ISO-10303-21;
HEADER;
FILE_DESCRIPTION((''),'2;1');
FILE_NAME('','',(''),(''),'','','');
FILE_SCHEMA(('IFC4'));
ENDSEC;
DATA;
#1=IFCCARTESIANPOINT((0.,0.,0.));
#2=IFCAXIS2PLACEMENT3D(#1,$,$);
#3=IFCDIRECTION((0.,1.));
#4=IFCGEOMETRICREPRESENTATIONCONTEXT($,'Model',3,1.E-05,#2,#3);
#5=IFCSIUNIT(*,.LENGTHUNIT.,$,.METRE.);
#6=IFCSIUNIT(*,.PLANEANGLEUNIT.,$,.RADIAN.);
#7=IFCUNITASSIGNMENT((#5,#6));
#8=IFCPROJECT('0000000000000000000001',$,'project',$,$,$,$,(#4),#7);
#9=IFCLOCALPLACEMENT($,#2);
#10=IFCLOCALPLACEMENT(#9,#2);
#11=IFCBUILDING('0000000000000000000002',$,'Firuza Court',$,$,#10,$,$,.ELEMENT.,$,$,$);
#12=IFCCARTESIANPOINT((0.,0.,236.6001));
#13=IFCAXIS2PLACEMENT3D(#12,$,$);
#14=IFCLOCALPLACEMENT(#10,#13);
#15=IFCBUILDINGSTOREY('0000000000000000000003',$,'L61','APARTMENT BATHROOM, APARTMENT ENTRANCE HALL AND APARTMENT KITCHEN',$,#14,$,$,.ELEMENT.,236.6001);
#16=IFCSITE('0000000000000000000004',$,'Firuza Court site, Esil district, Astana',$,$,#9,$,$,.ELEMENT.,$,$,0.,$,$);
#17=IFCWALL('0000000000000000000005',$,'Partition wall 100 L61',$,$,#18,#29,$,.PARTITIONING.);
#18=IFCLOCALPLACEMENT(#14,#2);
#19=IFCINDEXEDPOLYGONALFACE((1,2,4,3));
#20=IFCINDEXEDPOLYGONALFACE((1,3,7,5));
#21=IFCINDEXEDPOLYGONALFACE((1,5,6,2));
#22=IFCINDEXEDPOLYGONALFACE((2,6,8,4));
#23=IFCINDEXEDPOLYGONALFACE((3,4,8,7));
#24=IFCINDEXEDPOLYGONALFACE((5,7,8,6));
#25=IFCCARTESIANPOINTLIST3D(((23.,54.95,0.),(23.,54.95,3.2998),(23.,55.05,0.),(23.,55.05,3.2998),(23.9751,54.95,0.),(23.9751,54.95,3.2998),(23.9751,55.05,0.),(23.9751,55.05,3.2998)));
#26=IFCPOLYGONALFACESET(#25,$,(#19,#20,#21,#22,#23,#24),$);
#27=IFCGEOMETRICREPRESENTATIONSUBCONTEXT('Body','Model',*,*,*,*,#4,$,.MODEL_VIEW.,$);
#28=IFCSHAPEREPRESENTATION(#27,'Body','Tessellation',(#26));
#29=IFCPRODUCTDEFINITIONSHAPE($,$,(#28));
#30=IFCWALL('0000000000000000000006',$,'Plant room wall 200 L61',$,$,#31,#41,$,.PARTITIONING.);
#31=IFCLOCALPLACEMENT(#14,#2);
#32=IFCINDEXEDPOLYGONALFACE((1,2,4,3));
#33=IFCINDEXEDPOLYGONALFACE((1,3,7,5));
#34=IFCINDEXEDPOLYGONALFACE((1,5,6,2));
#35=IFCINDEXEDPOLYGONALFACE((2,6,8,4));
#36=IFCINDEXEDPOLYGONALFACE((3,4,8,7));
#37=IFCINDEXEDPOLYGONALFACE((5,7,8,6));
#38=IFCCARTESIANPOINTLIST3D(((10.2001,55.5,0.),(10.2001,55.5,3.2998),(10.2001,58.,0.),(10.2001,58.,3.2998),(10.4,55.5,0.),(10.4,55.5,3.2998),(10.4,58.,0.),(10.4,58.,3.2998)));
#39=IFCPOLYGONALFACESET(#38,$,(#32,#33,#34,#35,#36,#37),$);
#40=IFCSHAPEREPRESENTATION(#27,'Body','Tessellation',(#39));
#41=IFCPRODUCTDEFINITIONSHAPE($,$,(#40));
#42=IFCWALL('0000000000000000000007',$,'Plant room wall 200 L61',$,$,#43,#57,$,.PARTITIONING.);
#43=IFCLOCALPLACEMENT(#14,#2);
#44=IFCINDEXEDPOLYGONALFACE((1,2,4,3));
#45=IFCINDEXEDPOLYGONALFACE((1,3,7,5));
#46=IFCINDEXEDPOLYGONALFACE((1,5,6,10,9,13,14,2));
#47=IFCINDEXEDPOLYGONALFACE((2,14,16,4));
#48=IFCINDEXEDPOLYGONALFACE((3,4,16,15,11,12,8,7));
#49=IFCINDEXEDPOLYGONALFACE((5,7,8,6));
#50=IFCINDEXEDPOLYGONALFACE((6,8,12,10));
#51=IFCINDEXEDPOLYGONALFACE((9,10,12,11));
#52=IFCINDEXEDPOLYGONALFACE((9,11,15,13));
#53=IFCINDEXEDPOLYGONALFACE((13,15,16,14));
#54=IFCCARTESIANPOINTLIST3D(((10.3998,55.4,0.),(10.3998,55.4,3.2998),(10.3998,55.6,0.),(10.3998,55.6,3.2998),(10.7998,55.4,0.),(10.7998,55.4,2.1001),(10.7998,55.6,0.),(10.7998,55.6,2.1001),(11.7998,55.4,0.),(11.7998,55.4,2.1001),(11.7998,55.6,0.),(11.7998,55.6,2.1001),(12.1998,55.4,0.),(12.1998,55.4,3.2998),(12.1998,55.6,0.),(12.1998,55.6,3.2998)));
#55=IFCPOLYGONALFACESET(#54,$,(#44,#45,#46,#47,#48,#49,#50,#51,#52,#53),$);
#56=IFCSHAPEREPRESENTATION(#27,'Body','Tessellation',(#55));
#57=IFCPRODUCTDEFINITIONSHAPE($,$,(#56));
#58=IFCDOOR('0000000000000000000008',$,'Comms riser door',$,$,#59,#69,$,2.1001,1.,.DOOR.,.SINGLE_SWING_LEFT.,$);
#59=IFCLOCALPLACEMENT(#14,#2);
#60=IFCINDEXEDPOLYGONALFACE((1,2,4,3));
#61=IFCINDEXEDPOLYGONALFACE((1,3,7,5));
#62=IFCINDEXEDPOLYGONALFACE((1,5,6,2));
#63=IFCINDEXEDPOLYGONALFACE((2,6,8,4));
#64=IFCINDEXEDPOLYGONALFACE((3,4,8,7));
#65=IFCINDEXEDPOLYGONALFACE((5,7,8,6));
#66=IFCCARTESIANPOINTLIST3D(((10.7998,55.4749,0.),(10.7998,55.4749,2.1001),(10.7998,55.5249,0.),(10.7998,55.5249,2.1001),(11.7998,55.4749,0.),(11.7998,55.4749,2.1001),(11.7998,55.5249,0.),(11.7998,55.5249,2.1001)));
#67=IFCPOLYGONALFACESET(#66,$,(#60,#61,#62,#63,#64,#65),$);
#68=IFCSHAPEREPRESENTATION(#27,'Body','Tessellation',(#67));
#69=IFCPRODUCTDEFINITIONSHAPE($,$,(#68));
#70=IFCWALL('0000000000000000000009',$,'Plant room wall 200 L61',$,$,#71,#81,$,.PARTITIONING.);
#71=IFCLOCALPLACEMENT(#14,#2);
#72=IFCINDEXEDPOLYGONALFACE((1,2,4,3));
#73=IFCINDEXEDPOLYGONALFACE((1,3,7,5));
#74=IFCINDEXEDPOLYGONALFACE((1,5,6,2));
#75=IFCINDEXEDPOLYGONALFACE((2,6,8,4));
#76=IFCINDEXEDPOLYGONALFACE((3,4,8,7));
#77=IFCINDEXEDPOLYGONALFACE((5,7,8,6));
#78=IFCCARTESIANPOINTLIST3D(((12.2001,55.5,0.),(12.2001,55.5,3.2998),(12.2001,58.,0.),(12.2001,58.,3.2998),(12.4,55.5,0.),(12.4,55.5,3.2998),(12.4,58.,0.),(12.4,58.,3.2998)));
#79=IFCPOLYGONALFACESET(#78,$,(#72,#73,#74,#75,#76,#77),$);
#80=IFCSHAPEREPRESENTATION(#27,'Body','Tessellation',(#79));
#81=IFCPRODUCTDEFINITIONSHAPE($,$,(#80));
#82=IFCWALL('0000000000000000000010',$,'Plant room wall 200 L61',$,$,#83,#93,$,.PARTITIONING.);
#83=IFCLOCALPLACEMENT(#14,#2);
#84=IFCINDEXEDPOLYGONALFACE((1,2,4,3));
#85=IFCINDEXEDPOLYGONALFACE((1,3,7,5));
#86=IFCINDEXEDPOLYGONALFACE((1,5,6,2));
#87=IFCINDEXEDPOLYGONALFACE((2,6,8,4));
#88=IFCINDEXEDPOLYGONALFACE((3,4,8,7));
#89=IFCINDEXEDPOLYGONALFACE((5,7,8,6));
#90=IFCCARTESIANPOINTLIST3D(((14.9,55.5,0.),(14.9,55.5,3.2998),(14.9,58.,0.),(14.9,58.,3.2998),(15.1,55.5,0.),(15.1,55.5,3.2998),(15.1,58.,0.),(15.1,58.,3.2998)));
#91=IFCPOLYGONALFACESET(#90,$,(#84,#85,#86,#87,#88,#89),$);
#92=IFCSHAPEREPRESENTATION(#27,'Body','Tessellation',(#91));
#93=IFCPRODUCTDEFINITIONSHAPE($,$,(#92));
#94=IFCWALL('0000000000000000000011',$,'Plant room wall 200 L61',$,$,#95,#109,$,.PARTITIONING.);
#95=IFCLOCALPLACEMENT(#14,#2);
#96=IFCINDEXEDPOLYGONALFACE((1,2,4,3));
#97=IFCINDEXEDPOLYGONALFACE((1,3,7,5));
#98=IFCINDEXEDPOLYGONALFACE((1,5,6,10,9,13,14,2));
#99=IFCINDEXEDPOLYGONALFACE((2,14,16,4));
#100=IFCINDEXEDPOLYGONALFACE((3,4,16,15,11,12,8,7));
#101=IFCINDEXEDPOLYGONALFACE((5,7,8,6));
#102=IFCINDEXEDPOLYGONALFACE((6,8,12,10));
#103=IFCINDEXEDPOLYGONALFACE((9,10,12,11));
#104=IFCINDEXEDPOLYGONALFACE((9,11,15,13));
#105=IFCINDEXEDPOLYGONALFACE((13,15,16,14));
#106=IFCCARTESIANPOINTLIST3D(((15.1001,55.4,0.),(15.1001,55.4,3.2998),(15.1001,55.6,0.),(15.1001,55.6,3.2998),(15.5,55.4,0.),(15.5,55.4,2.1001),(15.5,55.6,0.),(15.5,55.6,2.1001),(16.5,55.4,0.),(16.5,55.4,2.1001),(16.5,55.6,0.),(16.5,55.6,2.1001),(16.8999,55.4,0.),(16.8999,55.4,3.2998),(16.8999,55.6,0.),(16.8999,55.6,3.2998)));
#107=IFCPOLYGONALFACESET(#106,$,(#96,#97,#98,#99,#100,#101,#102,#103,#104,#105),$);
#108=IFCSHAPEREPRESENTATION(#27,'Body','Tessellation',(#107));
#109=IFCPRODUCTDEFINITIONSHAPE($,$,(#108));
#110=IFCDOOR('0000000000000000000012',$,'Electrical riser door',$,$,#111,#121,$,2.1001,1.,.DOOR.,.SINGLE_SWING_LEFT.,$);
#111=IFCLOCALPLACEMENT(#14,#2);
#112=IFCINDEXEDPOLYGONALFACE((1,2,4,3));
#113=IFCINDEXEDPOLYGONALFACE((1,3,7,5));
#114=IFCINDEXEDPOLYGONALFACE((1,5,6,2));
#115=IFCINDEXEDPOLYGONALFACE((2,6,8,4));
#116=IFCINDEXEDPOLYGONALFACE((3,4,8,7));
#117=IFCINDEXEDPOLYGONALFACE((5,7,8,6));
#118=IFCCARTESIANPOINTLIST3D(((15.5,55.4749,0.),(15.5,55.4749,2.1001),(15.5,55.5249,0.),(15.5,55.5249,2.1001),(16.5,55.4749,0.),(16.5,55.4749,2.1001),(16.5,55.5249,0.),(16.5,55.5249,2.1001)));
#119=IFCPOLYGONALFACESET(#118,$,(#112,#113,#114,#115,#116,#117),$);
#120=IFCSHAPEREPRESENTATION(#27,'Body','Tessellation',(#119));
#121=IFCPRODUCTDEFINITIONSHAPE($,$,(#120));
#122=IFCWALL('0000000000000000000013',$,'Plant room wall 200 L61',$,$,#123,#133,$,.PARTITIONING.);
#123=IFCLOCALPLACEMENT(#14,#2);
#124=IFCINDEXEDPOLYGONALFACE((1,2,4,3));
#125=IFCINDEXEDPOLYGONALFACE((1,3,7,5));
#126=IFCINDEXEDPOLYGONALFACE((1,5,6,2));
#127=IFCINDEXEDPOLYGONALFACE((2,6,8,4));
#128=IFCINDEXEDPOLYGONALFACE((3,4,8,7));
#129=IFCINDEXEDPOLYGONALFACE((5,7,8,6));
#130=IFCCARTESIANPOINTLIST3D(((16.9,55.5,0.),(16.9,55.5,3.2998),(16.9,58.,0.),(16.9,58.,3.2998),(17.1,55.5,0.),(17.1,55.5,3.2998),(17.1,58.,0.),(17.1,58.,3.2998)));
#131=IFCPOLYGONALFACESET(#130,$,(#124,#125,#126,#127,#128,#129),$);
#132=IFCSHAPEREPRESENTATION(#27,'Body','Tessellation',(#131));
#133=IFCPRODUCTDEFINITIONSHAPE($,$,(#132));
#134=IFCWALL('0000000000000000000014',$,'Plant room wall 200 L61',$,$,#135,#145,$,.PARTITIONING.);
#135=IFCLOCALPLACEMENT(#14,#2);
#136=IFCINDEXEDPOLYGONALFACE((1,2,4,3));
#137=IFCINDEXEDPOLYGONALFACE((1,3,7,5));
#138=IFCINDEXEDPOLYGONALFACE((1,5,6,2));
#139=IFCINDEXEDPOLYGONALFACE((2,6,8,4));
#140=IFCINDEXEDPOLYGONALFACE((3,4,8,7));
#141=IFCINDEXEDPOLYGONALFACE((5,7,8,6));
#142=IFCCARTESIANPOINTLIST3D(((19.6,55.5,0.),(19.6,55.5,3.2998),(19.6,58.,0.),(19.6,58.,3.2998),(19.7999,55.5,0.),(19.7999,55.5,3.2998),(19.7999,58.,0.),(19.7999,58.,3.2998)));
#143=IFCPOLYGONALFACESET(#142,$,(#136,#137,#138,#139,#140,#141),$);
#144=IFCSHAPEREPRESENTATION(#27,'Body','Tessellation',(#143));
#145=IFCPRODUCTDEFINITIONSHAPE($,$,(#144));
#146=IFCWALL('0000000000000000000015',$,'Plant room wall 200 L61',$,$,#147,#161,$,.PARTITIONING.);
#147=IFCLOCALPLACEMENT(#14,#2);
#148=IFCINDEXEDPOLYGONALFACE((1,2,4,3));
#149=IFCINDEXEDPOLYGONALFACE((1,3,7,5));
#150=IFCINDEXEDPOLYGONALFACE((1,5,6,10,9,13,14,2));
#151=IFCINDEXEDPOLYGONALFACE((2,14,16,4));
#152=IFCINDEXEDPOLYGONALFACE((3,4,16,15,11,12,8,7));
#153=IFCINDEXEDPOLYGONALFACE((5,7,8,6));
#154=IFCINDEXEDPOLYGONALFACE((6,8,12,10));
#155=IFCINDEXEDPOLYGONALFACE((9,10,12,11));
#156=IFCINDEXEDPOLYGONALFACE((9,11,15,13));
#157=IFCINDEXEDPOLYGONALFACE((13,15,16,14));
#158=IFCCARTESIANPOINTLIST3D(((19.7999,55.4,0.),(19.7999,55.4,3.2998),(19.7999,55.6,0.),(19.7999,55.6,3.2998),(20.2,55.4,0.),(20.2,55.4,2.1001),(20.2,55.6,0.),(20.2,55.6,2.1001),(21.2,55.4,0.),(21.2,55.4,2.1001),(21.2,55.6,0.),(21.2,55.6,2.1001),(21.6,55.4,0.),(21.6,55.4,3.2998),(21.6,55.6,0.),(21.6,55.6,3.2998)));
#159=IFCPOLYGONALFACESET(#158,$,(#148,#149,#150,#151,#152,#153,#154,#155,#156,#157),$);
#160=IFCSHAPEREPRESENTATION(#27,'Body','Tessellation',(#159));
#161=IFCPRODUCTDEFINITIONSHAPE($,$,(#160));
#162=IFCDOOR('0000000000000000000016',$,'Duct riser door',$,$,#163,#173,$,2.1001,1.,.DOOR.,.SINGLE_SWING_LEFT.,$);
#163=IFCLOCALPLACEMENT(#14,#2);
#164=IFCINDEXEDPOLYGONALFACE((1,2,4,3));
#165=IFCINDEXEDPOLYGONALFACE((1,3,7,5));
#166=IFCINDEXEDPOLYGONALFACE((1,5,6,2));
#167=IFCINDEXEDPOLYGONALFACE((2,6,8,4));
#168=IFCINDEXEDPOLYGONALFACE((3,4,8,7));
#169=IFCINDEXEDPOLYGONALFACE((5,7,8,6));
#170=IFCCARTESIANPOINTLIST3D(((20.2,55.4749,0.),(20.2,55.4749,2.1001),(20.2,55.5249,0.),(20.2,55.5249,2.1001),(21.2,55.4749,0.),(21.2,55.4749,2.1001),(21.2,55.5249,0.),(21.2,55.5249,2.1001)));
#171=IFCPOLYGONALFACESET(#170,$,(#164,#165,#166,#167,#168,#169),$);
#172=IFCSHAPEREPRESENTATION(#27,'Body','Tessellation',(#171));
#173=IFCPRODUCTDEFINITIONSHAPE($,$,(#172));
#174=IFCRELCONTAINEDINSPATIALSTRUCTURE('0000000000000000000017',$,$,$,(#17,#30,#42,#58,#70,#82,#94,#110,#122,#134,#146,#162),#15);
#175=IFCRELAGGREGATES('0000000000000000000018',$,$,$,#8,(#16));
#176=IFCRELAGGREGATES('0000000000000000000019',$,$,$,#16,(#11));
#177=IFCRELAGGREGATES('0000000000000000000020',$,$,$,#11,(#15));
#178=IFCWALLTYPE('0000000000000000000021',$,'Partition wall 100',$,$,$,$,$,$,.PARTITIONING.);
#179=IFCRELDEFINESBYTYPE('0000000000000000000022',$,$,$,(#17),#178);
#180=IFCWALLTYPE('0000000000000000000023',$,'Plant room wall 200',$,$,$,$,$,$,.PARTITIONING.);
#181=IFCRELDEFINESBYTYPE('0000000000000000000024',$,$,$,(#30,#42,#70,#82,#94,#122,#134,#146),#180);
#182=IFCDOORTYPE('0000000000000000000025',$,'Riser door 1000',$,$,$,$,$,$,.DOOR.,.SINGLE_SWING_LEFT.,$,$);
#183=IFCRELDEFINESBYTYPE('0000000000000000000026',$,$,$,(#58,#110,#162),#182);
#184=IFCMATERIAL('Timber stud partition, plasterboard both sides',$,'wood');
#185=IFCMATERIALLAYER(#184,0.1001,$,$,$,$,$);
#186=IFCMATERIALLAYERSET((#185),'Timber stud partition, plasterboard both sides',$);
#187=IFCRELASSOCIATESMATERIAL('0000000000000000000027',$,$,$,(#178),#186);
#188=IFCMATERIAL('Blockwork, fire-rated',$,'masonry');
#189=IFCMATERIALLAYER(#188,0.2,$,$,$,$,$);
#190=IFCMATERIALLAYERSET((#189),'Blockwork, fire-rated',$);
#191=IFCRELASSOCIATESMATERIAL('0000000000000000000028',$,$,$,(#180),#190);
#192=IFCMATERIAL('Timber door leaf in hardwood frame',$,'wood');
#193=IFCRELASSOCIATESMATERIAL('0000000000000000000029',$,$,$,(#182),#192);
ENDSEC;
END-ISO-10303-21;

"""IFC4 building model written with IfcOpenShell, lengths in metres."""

from ifc_helpers import new_model, si_unit, direction, frame, frame_2d, origin, place, context, subcontext, project, spatial, rectangle, extrude, material, layer, layer_set, type_object, element, fill, save


model = new_model("IFC4")

# Units and contexts
model_context = context("Model", 3, precision=1e-05, world=origin(), true_north=direction((0.0, 1.0)))
body_context = subcontext(model_context, "Body", "Model", "MODEL_VIEW")
ifc_project = project(units=[si_unit("LENGTHUNIT", "METRE"), si_unit("PLANEANGLEUNIT", "RADIAN")], contexts=[model_context])

# Site, building, storey
site_placement = place(None, origin())
site = spatial("IfcSite", under=ifc_project, at=site_placement, Name="Firuza Court site, Esil district, Astana", CompositionType="ELEMENT", RefElevation=0.0)
building_placement = place(site_placement, origin())
building = spatial("IfcBuilding", under=site, at=building_placement, Name="Firuza Court", CompositionType="ELEMENT")
storey_placement = place(building_placement, frame((0.0, 0.0, 236.6001)))
storey = spatial("IfcBuildingStorey", under=building, at=storey_placement, Name="L61", Description="APARTMENT BATHROOM, APARTMENT ENTRANCE HALL AND APARTMENT KITCHEN", CompositionType="ELEMENT", Elevation=236.6001)

# Shared definitions
ifc_material_1 = material(Name="Timber stud partition, plasterboard both sides", Category="wood")
ifc_layer_1 = layer(ifc_material_1, 0.1001)
ifc_layer_set_1 = layer_set([ifc_layer_1], Name="Timber stud partition, plasterboard both sides")
wall_type_1 = type_object("IfcWallType", Name="Partition wall 100", PredefinedType="PARTITIONING", material=ifc_layer_set_1)

# Walls
wall_1_placement = place(storey_placement, frame((23.0, 55.0, 0.0), z_axis=(0.0, 0.0, 1.0), x_axis=(1.0, 0.0, 0.0)))
element("IfcWall", 1, at=wall_1_placement, inside=storey, type_object=wall_type_1, Name="Partition wall 100 L61", PredefinedType="PARTITIONING", context=body_context, shape_type="SweptSolid", body=[
    extrude(rectangle(XDim=0.9751, YDim=0.1001, at=frame_2d((0.4875, 0.0))), origin(), (0.0, 0.0, 1.0), 3.2998),
])
ifc_material_2 = material(Name="Blockwork, fire-rated", Category="masonry")
ifc_layer_2 = layer(ifc_material_2, 0.2)
ifc_layer_set_2 = layer_set([ifc_layer_2], Name="Blockwork, fire-rated")
wall_type_2 = type_object("IfcWallType", Name="Plant room wall 200", PredefinedType="PARTITIONING", material=ifc_layer_set_2)
wall_2_placement = place(storey_placement, frame((10.3, 55.5, 0.0), z_axis=(0.0, 0.0, 1.0), x_axis=(0.0, 1.0, 0.0)))
element("IfcWall", 2, at=wall_2_placement, inside=storey, type_object=wall_type_2, Name="Plant room wall 200 L61", PredefinedType="PARTITIONING", context=body_context, shape_type="SweptSolid", body=[
    extrude(rectangle(XDim=2.5, YDim=0.2, at=frame_2d((1.25, 0.0))), origin(), (0.0, 0.0, 1.0), 3.2998),
])

# Wall, opening, door
wall_3_placement = place(storey_placement, frame((10.3999, 55.5, 0.0), z_axis=(0.0, 0.0, 1.0), x_axis=(1.0, 0.0, 0.0)))
wall_3 = element("IfcWall", 3, at=wall_3_placement, inside=storey, type_object=wall_type_2, Name="Plant room wall 200 L61", PredefinedType="PARTITIONING", context=body_context, shape_type="SweptSolid", body=[
    extrude(rectangle(XDim=1.8, YDim=0.2, at=frame_2d((0.8999, 0.0))), origin(), (0.0, 0.0, 1.0), 3.2998),
])
opening_1_placement = place(wall_3_placement, frame((0.3999, 0.0, 0.0)))
opening_1 = element("IfcOpeningElement", 4, at=opening_1_placement, cuts=wall_3, PredefinedType="OPENING", context=body_context, shape_type="SweptSolid", body=[
    extrude(rectangle(XDim=1.0, YDim=2.1001, at=frame_2d((0.5, 1.05))), frame((0.0, 0.1118, 0.0), z_axis=(0.0, -1.0, 0.0), x_axis=(1.0, 0.0, 0.0)), (0.0, 0.0, 1.0), 0.2239),
])
ifc_material_3 = material(Name="Timber door leaf in hardwood frame", Category="wood")
door_type_1 = type_object("IfcDoorType", Name="Riser door 1000", OperationType="SINGLE_SWING_LEFT", PredefinedType="DOOR", material=ifc_material_3)
door_1_placement = place(opening_1_placement, origin())
door_1 = element("IfcDoor", 5, at=door_1_placement, inside=storey, type_object=door_type_1, Name="Comms riser door", OperationType="SINGLE_SWING_LEFT", OverallHeight=2.1001, OverallWidth=1.0, PredefinedType="DOOR", context=body_context, shape_type="SweptSolid", body=[
    extrude(rectangle(XDim=1.0, YDim=2.1001, at=frame_2d((0.5, 1.05))), frame((0.0, 0.0249, 0.0), z_axis=(0.0, -1.0, 0.0), x_axis=(1.0, 0.0, 0.0)), (0.0, 0.0, 1.0), 0.05),
])
fill(opening_1, door_1)

# Walls
for number, where, z_axis, x_axis, name in (
    (6, (12.3, 55.5, 0.0), (0.0, 0.0, 1.0), (0.0, 1.0, 0.0), "Plant room wall 200 L61"),
    (7, (15.0, 55.5, 0.0), (0.0, 0.0, 1.0), (0.0, 1.0, 0.0), "Plant room wall 200 L61"),
):
    element("IfcWall", number, at=place(storey_placement, frame(where, z_axis=z_axis, x_axis=x_axis)), inside=storey, type_object=wall_type_2, Name=name, PredefinedType="PARTITIONING", context=body_context, shape_type="SweptSolid", body=[
        extrude(rectangle(XDim=2.5, YDim=0.2, at=frame_2d((1.25, 0.0))), origin(), (0.0, 0.0, 1.0), 3.2998),
    ])

# Wall, opening, door
wall_4_placement = place(storey_placement, frame((15.1001, 55.5, 0.0), z_axis=(0.0, 0.0, 1.0), x_axis=(1.0, 0.0, 0.0)))
wall_4 = element("IfcWall", 8, at=wall_4_placement, inside=storey, type_object=wall_type_2, Name="Plant room wall 200 L61", PredefinedType="PARTITIONING", context=body_context, shape_type="SweptSolid", body=[
    extrude(rectangle(XDim=1.7998, YDim=0.2, at=frame_2d((0.8999, 0.0))), origin(), (0.0, 0.0, 1.0), 3.2998),
])
opening_2_placement = place(wall_4_placement, frame((0.3999, 0.0, 0.0)))
opening_2 = element("IfcOpeningElement", 9, at=opening_2_placement, cuts=wall_4, PredefinedType="OPENING", context=body_context, shape_type="SweptSolid", body=[
    extrude(rectangle(XDim=1.0, YDim=2.1001, at=frame_2d((0.5, 1.05))), frame((0.0, 0.1118, 0.0), z_axis=(0.0, -1.0, 0.0), x_axis=(1.0, 0.0, 0.0)), (0.0, 0.0, 1.0), 0.2239),
])
door_2_placement = place(opening_2_placement, origin())
door_2 = element("IfcDoor", 10, at=door_2_placement, inside=storey, type_object=door_type_1, Name="Electrical riser door", OperationType="SINGLE_SWING_LEFT", OverallHeight=2.1001, OverallWidth=1.0, PredefinedType="DOOR", context=body_context, shape_type="SweptSolid", body=[
    extrude(rectangle(XDim=1.0, YDim=2.1001, at=frame_2d((0.5, 1.05))), frame((0.0, 0.0249, 0.0), z_axis=(0.0, -1.0, 0.0), x_axis=(1.0, 0.0, 0.0)), (0.0, 0.0, 1.0), 0.05),
])
fill(opening_2, door_2)

# Walls
for number, where, z_axis, x_axis, name in (
    (11, (17.0, 55.5, 0.0), (0.0, 0.0, 1.0), (0.0, 1.0, 0.0), "Plant room wall 200 L61"),
    (12, (19.7, 55.5, 0.0), (0.0, 0.0, 1.0), (0.0, 1.0, 0.0), "Plant room wall 200 L61"),
):
    element("IfcWall", number, at=place(storey_placement, frame(where, z_axis=z_axis, x_axis=x_axis)), inside=storey, type_object=wall_type_2, Name=name, PredefinedType="PARTITIONING", context=body_context, shape_type="SweptSolid", body=[
        extrude(rectangle(XDim=2.5, YDim=0.2, at=frame_2d((1.25, 0.0))), origin(), (0.0, 0.0, 1.0), 3.2998),
    ])

# Wall, opening, door
wall_5_placement = place(storey_placement, frame((19.8, 55.5, 0.0), z_axis=(0.0, 0.0, 1.0), x_axis=(1.0, 0.0, 0.0)))
wall_5 = element("IfcWall", 13, at=wall_5_placement, inside=storey, type_object=wall_type_2, Name="Plant room wall 200 L61", PredefinedType="PARTITIONING", context=body_context, shape_type="SweptSolid", body=[
    extrude(rectangle(XDim=1.8, YDim=0.2, at=frame_2d((0.8999, 0.0))), origin(), (0.0, 0.0, 1.0), 3.2998),
])
opening_3_placement = place(wall_5_placement, frame((0.3999, 0.0, 0.0)))
opening_3 = element("IfcOpeningElement", 14, at=opening_3_placement, cuts=wall_5, PredefinedType="OPENING", context=body_context, shape_type="SweptSolid", body=[
    extrude(rectangle(XDim=1.0, YDim=2.1001, at=frame_2d((0.5, 1.05))), frame((0.0, 0.1118, 0.0), z_axis=(0.0, -1.0, 0.0), x_axis=(1.0, 0.0, 0.0)), (0.0, 0.0, 1.0), 0.2239),
])
door_3_placement = place(opening_3_placement, origin())
door_3 = element("IfcDoor", 15, at=door_3_placement, inside=storey, type_object=door_type_1, Name="Duct riser door", OperationType="SINGLE_SWING_LEFT", OverallHeight=2.1001, OverallWidth=1.0, PredefinedType="DOOR", context=body_context, shape_type="SweptSolid", body=[
    extrude(rectangle(XDim=1.0, YDim=2.1001, at=frame_2d((0.5, 1.05))), frame((0.0, 0.0249, 0.0), z_axis=(0.0, -1.0, 0.0), x_axis=(1.0, 0.0, 0.0)), (0.0, 0.0, 1.0), 0.05),
])
fill(opening_3, door_3)

save(model, "model.ifc")
